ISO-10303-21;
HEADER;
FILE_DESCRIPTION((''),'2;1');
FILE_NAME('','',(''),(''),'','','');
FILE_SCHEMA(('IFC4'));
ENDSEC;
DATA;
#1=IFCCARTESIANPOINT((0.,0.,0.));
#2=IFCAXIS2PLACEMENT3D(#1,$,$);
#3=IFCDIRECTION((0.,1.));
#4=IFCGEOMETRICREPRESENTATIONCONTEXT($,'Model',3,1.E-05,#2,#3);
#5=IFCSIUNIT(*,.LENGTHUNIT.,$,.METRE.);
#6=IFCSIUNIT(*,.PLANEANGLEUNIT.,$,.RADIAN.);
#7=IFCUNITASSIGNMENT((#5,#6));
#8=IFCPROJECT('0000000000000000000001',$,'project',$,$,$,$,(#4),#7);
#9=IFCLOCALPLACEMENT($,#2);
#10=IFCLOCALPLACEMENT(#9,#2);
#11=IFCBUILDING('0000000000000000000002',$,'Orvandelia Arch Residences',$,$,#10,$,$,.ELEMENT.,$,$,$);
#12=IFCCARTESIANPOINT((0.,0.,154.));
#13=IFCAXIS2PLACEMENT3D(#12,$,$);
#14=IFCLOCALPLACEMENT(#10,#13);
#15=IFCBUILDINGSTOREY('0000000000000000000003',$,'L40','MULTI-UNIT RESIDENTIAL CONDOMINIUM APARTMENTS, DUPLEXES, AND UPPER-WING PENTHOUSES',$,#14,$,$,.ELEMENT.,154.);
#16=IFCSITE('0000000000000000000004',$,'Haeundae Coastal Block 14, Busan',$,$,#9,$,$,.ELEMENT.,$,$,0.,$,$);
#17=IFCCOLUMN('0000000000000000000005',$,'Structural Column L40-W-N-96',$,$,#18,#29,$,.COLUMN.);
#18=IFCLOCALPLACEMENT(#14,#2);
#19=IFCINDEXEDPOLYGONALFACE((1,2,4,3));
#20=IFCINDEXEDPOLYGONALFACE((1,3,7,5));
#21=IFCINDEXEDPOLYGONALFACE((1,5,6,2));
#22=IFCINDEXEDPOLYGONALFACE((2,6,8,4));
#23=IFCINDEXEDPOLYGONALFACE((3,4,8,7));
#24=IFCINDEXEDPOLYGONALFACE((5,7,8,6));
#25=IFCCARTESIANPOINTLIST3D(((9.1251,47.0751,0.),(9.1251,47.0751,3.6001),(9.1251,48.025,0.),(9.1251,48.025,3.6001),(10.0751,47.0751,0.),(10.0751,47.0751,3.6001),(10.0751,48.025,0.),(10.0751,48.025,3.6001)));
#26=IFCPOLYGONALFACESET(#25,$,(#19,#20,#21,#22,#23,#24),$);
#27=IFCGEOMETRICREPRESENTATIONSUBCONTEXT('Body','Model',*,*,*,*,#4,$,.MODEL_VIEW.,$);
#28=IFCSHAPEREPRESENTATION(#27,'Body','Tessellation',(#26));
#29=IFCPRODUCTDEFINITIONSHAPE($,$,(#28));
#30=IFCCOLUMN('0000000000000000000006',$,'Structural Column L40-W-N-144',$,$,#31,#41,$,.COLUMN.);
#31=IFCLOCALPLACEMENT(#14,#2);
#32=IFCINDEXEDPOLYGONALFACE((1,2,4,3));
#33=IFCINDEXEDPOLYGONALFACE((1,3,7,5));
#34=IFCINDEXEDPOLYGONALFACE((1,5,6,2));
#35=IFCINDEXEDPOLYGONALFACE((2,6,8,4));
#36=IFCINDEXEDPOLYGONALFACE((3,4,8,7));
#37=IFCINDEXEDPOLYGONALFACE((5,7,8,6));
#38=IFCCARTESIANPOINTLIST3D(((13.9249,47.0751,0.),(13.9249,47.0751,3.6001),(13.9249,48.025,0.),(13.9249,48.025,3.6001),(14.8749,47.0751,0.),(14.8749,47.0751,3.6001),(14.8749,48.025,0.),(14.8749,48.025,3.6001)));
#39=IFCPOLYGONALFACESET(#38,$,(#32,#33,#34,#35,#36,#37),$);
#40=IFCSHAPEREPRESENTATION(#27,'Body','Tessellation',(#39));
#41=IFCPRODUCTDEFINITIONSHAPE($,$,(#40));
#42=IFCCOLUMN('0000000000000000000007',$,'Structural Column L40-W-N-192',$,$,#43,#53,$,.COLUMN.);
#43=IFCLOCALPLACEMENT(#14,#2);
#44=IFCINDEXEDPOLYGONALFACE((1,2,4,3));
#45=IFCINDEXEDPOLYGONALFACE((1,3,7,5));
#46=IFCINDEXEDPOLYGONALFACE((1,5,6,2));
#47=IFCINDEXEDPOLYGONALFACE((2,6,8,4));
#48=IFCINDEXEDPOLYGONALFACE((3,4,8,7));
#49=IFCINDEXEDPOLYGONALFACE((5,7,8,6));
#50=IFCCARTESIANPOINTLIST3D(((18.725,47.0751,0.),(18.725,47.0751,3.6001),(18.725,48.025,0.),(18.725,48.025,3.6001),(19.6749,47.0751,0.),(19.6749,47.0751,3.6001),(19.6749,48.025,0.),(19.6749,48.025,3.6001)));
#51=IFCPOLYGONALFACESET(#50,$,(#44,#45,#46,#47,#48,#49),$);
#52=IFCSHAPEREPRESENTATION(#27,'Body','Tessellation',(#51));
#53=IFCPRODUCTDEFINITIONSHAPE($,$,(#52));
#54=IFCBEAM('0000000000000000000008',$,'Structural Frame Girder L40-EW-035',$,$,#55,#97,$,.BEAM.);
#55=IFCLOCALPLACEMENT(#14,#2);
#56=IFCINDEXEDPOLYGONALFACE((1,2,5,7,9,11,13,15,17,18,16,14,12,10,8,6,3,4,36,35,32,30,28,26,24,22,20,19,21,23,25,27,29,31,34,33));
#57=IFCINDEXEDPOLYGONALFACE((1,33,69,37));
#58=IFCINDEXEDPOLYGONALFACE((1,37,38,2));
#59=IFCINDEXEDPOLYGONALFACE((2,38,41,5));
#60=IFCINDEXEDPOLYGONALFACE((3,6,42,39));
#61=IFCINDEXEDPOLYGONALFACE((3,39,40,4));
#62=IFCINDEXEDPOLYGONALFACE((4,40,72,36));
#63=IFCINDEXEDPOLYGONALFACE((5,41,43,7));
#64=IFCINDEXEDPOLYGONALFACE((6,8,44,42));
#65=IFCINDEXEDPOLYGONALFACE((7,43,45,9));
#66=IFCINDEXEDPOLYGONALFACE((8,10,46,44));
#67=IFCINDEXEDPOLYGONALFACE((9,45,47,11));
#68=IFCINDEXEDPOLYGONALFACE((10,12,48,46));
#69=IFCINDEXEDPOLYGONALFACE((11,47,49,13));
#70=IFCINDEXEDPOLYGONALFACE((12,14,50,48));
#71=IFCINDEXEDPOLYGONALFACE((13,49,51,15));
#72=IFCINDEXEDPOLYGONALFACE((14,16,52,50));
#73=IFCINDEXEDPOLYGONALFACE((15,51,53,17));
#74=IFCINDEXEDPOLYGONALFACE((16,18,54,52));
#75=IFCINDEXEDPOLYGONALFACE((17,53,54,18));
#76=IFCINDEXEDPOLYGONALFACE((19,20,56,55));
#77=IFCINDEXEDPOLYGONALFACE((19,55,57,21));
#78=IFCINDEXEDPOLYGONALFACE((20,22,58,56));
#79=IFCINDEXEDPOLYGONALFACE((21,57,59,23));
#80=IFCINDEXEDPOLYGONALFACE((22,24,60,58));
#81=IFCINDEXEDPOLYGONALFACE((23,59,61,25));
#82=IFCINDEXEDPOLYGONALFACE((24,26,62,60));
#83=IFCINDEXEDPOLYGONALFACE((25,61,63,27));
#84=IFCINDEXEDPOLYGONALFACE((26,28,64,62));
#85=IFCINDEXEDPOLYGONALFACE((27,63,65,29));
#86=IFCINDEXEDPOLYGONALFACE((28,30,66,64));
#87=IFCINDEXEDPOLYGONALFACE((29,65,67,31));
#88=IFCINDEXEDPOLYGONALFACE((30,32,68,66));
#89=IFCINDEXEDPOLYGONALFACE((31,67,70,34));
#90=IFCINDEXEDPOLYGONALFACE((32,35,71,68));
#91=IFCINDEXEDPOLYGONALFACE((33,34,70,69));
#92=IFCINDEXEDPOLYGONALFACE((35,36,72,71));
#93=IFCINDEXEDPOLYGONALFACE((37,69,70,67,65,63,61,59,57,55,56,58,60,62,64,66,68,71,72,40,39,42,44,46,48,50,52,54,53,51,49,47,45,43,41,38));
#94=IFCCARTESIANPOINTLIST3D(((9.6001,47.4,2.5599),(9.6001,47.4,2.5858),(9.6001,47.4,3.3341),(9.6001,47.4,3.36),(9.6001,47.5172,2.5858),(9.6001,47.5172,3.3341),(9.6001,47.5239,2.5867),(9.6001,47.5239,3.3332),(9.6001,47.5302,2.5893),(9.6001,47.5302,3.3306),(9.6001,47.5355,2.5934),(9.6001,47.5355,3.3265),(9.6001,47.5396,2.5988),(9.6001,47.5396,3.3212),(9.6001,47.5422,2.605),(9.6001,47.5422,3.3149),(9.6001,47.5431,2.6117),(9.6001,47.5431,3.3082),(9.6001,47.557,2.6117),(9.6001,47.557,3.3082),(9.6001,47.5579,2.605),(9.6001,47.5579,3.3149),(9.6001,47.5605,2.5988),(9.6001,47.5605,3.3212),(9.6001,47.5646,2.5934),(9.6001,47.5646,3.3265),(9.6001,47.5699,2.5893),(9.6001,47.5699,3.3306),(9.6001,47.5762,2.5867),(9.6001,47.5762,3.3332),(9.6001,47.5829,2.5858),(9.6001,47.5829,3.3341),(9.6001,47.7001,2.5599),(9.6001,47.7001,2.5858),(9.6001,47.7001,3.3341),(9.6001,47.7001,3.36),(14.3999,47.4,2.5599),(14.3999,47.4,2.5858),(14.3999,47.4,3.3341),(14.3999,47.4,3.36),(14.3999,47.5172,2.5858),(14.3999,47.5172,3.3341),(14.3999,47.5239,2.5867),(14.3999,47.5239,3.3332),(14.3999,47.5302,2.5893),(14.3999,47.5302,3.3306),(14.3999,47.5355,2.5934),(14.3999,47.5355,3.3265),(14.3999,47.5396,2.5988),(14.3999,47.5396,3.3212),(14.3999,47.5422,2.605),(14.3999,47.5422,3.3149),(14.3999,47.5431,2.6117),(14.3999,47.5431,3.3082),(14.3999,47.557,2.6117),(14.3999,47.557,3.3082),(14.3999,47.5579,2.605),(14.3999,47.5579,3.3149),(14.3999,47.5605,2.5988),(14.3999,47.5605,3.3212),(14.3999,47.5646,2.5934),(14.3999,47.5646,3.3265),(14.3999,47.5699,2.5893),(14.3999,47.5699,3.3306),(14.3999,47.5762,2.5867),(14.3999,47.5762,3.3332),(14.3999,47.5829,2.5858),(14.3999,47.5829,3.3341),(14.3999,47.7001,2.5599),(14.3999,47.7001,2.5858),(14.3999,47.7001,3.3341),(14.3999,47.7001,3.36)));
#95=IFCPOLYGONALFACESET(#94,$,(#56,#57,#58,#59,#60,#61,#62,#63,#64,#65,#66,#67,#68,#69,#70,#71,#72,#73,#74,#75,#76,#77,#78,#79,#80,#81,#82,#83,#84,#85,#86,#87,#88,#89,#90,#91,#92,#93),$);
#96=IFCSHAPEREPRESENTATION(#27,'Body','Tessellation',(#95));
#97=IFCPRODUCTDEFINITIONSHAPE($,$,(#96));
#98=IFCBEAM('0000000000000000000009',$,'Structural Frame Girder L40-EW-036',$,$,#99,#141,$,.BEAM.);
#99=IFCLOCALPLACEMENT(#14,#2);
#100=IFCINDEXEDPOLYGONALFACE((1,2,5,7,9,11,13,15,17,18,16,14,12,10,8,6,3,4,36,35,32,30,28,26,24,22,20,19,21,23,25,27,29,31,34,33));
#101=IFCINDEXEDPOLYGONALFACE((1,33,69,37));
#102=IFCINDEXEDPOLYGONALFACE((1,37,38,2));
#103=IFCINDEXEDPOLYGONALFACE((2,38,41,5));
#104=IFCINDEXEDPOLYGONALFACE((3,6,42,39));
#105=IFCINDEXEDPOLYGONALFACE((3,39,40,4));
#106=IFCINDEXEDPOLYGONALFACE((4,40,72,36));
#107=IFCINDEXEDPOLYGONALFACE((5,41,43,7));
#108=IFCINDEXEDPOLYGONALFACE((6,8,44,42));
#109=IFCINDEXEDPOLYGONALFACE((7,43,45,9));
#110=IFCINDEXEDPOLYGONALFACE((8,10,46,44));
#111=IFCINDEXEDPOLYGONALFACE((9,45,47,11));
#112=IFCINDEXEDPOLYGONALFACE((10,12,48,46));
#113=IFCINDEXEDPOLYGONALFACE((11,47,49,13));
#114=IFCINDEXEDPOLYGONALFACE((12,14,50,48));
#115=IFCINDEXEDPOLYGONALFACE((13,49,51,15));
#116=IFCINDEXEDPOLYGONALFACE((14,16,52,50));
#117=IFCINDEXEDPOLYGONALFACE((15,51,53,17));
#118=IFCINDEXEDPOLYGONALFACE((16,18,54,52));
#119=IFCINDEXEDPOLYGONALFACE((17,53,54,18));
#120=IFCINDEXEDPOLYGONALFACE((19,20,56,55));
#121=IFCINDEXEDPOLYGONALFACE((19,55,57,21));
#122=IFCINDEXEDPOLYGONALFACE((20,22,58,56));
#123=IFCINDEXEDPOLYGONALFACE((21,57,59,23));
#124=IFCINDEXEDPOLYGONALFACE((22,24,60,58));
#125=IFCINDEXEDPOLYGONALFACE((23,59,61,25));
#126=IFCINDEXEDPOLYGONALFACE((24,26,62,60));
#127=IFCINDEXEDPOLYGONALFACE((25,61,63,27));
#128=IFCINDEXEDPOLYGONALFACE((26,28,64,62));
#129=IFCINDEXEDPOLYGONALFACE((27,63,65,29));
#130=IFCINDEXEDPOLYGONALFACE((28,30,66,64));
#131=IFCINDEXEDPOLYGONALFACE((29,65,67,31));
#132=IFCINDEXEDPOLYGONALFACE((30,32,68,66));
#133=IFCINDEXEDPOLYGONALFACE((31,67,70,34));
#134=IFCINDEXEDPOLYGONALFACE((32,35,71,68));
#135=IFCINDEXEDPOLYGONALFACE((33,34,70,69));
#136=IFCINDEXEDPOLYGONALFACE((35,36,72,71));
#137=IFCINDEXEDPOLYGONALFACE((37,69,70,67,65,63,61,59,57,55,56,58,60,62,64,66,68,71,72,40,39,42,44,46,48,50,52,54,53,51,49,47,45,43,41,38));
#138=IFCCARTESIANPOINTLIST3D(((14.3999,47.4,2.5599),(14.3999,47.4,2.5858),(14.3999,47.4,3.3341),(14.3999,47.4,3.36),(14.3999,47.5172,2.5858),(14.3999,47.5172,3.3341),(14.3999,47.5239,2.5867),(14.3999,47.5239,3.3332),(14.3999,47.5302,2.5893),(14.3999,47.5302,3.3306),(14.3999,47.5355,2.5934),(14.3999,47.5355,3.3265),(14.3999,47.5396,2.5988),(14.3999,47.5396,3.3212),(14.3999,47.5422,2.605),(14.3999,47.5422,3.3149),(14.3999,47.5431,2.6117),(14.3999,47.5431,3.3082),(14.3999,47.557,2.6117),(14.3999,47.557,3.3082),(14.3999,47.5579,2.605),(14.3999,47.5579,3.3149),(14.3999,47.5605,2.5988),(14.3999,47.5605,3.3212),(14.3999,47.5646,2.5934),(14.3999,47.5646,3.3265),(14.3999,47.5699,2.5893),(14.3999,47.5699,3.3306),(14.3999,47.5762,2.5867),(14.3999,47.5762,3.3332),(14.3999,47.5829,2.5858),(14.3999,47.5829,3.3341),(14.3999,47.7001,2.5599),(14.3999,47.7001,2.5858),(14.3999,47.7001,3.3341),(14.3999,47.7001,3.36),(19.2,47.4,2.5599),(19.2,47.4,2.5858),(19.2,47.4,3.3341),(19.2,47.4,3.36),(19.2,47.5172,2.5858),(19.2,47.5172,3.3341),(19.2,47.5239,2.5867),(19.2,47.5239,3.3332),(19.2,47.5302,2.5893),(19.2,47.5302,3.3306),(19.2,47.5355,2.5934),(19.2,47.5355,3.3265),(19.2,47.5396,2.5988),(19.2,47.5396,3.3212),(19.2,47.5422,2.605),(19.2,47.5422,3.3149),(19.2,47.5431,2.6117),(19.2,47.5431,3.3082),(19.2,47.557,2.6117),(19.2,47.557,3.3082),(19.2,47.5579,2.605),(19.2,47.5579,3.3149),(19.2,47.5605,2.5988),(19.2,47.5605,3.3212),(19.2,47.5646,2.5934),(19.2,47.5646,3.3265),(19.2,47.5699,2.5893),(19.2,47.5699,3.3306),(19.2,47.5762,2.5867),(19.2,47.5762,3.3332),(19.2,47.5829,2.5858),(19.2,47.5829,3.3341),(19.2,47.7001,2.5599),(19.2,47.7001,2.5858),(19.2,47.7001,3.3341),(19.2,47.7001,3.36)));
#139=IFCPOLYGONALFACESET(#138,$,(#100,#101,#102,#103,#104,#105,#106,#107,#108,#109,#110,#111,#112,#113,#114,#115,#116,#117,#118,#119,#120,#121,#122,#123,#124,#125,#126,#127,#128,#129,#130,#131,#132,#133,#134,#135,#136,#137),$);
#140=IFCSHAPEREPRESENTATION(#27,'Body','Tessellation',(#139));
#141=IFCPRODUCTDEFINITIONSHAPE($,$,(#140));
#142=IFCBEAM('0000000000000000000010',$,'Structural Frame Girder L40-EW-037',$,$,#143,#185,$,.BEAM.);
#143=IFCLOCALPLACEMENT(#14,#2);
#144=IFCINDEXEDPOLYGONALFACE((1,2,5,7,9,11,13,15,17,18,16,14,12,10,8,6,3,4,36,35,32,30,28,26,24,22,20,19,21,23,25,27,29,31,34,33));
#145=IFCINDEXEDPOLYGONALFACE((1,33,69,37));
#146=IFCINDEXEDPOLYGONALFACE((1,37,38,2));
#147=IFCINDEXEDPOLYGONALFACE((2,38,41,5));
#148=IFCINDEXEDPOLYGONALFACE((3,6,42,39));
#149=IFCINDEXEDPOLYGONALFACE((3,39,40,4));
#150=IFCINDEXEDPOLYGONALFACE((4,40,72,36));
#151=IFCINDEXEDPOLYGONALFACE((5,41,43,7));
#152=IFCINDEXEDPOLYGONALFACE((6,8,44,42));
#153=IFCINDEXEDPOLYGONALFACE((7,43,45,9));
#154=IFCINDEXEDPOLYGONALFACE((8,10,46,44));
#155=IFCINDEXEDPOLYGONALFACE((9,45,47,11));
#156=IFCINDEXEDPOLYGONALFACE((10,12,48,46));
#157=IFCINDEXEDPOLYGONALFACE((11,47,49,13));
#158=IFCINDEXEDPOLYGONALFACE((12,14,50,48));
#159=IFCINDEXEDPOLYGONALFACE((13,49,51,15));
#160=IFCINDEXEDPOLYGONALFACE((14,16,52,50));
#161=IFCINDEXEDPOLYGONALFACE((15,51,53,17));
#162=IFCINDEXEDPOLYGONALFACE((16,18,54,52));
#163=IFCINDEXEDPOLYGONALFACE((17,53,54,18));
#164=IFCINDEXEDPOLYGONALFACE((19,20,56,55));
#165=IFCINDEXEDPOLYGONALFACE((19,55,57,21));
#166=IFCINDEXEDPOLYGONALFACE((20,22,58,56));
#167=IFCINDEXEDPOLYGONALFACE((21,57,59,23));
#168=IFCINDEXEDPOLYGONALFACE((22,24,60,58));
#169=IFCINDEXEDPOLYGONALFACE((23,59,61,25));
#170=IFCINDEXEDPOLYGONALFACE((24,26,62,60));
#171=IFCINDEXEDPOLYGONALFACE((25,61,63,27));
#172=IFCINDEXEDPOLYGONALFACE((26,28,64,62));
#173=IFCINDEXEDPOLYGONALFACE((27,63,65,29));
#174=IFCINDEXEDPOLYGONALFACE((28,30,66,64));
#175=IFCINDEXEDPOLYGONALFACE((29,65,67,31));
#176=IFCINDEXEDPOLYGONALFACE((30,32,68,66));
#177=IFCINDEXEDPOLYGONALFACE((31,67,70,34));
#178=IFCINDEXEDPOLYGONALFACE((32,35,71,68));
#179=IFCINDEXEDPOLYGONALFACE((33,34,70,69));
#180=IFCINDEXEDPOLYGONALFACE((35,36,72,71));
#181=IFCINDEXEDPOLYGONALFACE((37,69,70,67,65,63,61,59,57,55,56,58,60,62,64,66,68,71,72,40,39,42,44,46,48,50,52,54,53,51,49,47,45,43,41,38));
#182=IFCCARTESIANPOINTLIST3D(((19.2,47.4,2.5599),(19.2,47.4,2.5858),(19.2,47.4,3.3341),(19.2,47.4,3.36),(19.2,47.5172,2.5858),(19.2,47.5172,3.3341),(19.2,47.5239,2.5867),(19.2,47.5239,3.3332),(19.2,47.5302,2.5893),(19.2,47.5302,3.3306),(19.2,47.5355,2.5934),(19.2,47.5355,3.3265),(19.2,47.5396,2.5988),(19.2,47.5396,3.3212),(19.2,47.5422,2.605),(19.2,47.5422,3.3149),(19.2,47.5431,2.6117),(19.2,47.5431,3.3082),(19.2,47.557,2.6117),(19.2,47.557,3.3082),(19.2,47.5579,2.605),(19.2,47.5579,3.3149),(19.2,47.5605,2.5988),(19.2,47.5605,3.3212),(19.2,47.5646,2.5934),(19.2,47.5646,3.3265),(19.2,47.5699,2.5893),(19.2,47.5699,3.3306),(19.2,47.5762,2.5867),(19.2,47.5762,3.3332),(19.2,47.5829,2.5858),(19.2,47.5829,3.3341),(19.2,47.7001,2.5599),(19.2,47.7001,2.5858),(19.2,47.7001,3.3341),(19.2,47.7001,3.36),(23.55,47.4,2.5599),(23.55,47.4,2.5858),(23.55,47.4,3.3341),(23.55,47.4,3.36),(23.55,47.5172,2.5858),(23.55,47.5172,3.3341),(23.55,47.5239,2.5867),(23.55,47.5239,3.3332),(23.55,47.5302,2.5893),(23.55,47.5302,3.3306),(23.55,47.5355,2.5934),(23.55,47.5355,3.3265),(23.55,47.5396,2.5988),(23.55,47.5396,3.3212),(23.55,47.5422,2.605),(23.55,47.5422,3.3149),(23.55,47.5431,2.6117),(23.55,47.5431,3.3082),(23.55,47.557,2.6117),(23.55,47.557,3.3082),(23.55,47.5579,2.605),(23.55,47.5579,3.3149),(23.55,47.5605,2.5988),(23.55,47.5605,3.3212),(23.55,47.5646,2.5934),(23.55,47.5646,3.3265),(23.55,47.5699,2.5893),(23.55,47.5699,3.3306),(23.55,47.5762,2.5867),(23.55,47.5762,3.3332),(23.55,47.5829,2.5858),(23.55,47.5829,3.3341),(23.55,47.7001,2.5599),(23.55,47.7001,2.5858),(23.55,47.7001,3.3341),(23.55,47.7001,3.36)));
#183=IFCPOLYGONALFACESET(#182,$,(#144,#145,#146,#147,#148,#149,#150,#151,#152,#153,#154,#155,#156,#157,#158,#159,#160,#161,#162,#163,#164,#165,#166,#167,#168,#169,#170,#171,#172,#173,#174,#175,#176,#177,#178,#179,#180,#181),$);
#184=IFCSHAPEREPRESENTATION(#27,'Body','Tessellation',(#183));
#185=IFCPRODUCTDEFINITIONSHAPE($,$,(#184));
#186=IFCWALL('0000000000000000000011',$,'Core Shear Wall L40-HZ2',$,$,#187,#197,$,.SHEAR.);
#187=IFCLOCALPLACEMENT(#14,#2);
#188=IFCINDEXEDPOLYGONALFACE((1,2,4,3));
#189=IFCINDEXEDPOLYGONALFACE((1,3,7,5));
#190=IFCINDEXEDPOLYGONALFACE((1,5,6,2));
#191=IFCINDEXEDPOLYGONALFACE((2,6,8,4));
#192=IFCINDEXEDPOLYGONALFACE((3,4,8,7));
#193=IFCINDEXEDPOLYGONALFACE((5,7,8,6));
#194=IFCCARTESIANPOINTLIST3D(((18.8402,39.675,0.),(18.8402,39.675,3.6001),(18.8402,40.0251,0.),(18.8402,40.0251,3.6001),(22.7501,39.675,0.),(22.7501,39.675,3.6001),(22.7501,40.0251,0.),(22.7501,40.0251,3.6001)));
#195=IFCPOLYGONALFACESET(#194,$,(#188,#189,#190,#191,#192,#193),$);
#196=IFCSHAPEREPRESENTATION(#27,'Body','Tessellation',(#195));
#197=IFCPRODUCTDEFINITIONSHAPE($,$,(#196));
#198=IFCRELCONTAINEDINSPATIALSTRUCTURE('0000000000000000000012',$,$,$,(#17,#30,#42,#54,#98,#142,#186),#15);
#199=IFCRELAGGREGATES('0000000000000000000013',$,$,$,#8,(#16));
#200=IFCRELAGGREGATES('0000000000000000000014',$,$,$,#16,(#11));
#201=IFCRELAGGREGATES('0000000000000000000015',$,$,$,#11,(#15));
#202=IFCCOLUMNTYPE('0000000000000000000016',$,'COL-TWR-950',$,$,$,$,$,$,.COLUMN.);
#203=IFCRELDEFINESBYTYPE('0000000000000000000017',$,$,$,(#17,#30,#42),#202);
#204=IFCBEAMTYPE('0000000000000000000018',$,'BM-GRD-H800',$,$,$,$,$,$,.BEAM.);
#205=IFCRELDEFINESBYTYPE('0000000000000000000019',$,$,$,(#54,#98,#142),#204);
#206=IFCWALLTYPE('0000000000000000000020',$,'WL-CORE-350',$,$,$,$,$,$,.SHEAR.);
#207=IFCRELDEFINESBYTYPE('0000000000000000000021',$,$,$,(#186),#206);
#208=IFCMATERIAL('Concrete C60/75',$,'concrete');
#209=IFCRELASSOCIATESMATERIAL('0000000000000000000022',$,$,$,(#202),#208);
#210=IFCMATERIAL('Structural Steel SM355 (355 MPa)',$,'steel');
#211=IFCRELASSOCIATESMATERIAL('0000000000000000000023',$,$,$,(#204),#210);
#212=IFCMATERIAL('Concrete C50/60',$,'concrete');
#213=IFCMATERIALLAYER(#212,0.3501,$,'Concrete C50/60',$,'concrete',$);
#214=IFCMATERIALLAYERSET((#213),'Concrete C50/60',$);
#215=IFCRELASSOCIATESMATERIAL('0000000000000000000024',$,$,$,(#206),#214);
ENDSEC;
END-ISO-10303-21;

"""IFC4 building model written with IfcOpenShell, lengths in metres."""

from ifc_helpers import new_model, si_unit, direction, frame, frame_2d, origin, origin_2d, place, context, subcontext, project, spatial, rectangle, i_section, extrude, material, layer, layer_set, material_profile, profile_set, type_object, element, save


model = new_model("IFC4")

# Units and contexts
model_context = context("Model", 3, precision=1e-05, world=origin(), true_north=direction((0.0, 1.0)))
body_context = subcontext(model_context, "Body", "Model", "MODEL_VIEW")
ifc_project = project(units=[si_unit("LENGTHUNIT", "METRE"), si_unit("PLANEANGLEUNIT", "RADIAN")], contexts=[model_context])

# Site, building, storey
site_placement = place(None, origin())
site = spatial("IfcSite", under=ifc_project, at=site_placement, Name="Haeundae Coastal Block 14, Busan", CompositionType="ELEMENT", RefElevation=0.0)
building_placement = place(site_placement, origin())
building = spatial("IfcBuilding", under=site, at=building_placement, Name="Orvandelia Arch Residences", CompositionType="ELEMENT")
storey_placement = place(building_placement, frame((0.0, 0.0, 154.0)))
storey = spatial("IfcBuildingStorey", under=building, at=storey_placement, Name="L40", Description="MULTI-UNIT RESIDENTIAL CONDOMINIUM APARTMENTS, DUPLEXES, AND UPPER-WING PENTHOUSES", CompositionType="ELEMENT", Elevation=154.0)

# Columns
ifc_material_1 = material(Name="Concrete C60/75", Category="concrete")
ifc_material_profile_1 = material_profile(ifc_material_1, rectangle(XDim=0.95, YDim=0.95, at=origin_2d()), Name="Concrete C60/75", Category="concrete")
ifc_profile_set_1 = profile_set([ifc_material_profile_1], Name="Concrete C60/75")
column_type = type_object("IfcColumnType", Name="COL-TWR-950", PredefinedType="COLUMN", material=ifc_profile_set_1)
for number, where, z_axis, x_axis, name in (
    (1, (9.6001, 47.55, 0.0), (0.0, 0.0, 1.0), (1.0, 0.0, 0.0), "Structural Column L40-W-N-96"),
    (2, (14.3999, 47.55, 0.0), (0.0, 0.0, 1.0), (1.0, 0.0, 0.0), "Structural Column L40-W-N-144"),
    (3, (19.2, 47.55, 0.0), (0.0, 0.0, 1.0), (1.0, 0.0, 0.0), "Structural Column L40-W-N-192"),
):
    element("IfcColumn", number, at=place(storey_placement, frame(where, z_axis=z_axis, x_axis=x_axis)), inside=storey, type_object=column_type, Name=name, PredefinedType="COLUMN", context=body_context, shape_type="SweptSolid", body=[
        extrude(rectangle(XDim=0.95, YDim=0.95, at=origin_2d()), origin(), (0.0, 0.0, 1.0), 3.6001),
    ])

# Beams
ifc_material_2 = material(Name="Structural Steel SM355 (355 MPa)", Category="steel")
ifc_material_profile_2 = material_profile(ifc_material_2, i_section(OverallWidth=0.3, OverallDepth=0.8, WebThickness=0.0139, FlangeThickness=0.0259, FilletRadius=0.0259, at=origin_2d()), Name="Structural Steel SM355 (355 MPa)", Category="steel")
ifc_profile_set_2 = profile_set([ifc_material_profile_2], Name="Structural Steel SM355 (355 MPa)")
beam_type = type_object("IfcBeamType", Name="BM-GRD-H800", PredefinedType="BEAM", material=ifc_profile_set_2)
beam_1_placement = place(storey_placement, frame((9.6001, 47.55, 2.96), z_axis=(1.0, 0.0, 0.0), x_axis=(0.0, 1.0, 0.0)))
element("IfcBeam", 4, at=beam_1_placement, inside=storey, type_object=beam_type, Name="Structural Frame Girder L40-EW-035", PredefinedType="BEAM", context=body_context, shape_type="SweptSolid", body=[
    extrude(i_section(OverallWidth=0.3, OverallDepth=0.8, WebThickness=0.0139, FlangeThickness=0.0259, FilletRadius=0.0259, at=origin_2d()), origin(), (0.0, 0.0, 1.0), 4.7998),
])
beam_2_placement = place(storey_placement, frame((14.3999, 47.55, 2.96), z_axis=(1.0, 0.0, 0.0), x_axis=(0.0, 1.0, 0.0)))
element("IfcBeam", 5, at=beam_2_placement, inside=storey, type_object=beam_type, Name="Structural Frame Girder L40-EW-036", PredefinedType="BEAM", context=body_context, shape_type="SweptSolid", body=[
    extrude(i_section(OverallWidth=0.3, OverallDepth=0.8, WebThickness=0.0139, FlangeThickness=0.0259, FilletRadius=0.0259, at=origin_2d()), origin(), (0.0, 0.0, 1.0), 4.8),
])
beam_3_placement = place(storey_placement, frame((19.2, 47.55, 2.96), z_axis=(1.0, 0.0, 0.0), x_axis=(0.0, 1.0, 0.0)))
element("IfcBeam", 6, at=beam_3_placement, inside=storey, type_object=beam_type, Name="Structural Frame Girder L40-EW-037", PredefinedType="BEAM", context=body_context, shape_type="SweptSolid", body=[
    extrude(i_section(OverallWidth=0.3, OverallDepth=0.8, WebThickness=0.0139, FlangeThickness=0.0259, FilletRadius=0.0259, at=origin_2d()), origin(), (0.0, 0.0, 1.0), 4.3501),
])

# Wall
ifc_material_3 = material(Name="Concrete C50/60", Category="concrete")
ifc_layer_1 = layer(ifc_material_3, 0.3501, Name="Concrete C50/60", Category="concrete")
ifc_layer_set_1 = layer_set([ifc_layer_1], Name="Concrete C50/60")
wall_type_1 = type_object("IfcWallType", Name="WL-CORE-350", PredefinedType="SHEAR", material=ifc_layer_set_1)
wall_1_placement = place(storey_placement, frame((18.8401, 39.8501, 0.0), z_axis=(0.0, 0.0, 1.0), x_axis=(1.0, 0.0, 0.0)))
element("IfcWall", 7, at=wall_1_placement, inside=storey, type_object=wall_type_1, Name="Core Shear Wall L40-HZ2", PredefinedType="SHEAR", context=body_context, shape_type="SweptSolid", body=[
    extrude(rectangle(XDim=3.9099, YDim=0.3501, at=frame_2d((1.9551, 0.0))), origin(), (0.0, 0.0, 1.0), 3.6001),
])

save(model, "model.ifc")
